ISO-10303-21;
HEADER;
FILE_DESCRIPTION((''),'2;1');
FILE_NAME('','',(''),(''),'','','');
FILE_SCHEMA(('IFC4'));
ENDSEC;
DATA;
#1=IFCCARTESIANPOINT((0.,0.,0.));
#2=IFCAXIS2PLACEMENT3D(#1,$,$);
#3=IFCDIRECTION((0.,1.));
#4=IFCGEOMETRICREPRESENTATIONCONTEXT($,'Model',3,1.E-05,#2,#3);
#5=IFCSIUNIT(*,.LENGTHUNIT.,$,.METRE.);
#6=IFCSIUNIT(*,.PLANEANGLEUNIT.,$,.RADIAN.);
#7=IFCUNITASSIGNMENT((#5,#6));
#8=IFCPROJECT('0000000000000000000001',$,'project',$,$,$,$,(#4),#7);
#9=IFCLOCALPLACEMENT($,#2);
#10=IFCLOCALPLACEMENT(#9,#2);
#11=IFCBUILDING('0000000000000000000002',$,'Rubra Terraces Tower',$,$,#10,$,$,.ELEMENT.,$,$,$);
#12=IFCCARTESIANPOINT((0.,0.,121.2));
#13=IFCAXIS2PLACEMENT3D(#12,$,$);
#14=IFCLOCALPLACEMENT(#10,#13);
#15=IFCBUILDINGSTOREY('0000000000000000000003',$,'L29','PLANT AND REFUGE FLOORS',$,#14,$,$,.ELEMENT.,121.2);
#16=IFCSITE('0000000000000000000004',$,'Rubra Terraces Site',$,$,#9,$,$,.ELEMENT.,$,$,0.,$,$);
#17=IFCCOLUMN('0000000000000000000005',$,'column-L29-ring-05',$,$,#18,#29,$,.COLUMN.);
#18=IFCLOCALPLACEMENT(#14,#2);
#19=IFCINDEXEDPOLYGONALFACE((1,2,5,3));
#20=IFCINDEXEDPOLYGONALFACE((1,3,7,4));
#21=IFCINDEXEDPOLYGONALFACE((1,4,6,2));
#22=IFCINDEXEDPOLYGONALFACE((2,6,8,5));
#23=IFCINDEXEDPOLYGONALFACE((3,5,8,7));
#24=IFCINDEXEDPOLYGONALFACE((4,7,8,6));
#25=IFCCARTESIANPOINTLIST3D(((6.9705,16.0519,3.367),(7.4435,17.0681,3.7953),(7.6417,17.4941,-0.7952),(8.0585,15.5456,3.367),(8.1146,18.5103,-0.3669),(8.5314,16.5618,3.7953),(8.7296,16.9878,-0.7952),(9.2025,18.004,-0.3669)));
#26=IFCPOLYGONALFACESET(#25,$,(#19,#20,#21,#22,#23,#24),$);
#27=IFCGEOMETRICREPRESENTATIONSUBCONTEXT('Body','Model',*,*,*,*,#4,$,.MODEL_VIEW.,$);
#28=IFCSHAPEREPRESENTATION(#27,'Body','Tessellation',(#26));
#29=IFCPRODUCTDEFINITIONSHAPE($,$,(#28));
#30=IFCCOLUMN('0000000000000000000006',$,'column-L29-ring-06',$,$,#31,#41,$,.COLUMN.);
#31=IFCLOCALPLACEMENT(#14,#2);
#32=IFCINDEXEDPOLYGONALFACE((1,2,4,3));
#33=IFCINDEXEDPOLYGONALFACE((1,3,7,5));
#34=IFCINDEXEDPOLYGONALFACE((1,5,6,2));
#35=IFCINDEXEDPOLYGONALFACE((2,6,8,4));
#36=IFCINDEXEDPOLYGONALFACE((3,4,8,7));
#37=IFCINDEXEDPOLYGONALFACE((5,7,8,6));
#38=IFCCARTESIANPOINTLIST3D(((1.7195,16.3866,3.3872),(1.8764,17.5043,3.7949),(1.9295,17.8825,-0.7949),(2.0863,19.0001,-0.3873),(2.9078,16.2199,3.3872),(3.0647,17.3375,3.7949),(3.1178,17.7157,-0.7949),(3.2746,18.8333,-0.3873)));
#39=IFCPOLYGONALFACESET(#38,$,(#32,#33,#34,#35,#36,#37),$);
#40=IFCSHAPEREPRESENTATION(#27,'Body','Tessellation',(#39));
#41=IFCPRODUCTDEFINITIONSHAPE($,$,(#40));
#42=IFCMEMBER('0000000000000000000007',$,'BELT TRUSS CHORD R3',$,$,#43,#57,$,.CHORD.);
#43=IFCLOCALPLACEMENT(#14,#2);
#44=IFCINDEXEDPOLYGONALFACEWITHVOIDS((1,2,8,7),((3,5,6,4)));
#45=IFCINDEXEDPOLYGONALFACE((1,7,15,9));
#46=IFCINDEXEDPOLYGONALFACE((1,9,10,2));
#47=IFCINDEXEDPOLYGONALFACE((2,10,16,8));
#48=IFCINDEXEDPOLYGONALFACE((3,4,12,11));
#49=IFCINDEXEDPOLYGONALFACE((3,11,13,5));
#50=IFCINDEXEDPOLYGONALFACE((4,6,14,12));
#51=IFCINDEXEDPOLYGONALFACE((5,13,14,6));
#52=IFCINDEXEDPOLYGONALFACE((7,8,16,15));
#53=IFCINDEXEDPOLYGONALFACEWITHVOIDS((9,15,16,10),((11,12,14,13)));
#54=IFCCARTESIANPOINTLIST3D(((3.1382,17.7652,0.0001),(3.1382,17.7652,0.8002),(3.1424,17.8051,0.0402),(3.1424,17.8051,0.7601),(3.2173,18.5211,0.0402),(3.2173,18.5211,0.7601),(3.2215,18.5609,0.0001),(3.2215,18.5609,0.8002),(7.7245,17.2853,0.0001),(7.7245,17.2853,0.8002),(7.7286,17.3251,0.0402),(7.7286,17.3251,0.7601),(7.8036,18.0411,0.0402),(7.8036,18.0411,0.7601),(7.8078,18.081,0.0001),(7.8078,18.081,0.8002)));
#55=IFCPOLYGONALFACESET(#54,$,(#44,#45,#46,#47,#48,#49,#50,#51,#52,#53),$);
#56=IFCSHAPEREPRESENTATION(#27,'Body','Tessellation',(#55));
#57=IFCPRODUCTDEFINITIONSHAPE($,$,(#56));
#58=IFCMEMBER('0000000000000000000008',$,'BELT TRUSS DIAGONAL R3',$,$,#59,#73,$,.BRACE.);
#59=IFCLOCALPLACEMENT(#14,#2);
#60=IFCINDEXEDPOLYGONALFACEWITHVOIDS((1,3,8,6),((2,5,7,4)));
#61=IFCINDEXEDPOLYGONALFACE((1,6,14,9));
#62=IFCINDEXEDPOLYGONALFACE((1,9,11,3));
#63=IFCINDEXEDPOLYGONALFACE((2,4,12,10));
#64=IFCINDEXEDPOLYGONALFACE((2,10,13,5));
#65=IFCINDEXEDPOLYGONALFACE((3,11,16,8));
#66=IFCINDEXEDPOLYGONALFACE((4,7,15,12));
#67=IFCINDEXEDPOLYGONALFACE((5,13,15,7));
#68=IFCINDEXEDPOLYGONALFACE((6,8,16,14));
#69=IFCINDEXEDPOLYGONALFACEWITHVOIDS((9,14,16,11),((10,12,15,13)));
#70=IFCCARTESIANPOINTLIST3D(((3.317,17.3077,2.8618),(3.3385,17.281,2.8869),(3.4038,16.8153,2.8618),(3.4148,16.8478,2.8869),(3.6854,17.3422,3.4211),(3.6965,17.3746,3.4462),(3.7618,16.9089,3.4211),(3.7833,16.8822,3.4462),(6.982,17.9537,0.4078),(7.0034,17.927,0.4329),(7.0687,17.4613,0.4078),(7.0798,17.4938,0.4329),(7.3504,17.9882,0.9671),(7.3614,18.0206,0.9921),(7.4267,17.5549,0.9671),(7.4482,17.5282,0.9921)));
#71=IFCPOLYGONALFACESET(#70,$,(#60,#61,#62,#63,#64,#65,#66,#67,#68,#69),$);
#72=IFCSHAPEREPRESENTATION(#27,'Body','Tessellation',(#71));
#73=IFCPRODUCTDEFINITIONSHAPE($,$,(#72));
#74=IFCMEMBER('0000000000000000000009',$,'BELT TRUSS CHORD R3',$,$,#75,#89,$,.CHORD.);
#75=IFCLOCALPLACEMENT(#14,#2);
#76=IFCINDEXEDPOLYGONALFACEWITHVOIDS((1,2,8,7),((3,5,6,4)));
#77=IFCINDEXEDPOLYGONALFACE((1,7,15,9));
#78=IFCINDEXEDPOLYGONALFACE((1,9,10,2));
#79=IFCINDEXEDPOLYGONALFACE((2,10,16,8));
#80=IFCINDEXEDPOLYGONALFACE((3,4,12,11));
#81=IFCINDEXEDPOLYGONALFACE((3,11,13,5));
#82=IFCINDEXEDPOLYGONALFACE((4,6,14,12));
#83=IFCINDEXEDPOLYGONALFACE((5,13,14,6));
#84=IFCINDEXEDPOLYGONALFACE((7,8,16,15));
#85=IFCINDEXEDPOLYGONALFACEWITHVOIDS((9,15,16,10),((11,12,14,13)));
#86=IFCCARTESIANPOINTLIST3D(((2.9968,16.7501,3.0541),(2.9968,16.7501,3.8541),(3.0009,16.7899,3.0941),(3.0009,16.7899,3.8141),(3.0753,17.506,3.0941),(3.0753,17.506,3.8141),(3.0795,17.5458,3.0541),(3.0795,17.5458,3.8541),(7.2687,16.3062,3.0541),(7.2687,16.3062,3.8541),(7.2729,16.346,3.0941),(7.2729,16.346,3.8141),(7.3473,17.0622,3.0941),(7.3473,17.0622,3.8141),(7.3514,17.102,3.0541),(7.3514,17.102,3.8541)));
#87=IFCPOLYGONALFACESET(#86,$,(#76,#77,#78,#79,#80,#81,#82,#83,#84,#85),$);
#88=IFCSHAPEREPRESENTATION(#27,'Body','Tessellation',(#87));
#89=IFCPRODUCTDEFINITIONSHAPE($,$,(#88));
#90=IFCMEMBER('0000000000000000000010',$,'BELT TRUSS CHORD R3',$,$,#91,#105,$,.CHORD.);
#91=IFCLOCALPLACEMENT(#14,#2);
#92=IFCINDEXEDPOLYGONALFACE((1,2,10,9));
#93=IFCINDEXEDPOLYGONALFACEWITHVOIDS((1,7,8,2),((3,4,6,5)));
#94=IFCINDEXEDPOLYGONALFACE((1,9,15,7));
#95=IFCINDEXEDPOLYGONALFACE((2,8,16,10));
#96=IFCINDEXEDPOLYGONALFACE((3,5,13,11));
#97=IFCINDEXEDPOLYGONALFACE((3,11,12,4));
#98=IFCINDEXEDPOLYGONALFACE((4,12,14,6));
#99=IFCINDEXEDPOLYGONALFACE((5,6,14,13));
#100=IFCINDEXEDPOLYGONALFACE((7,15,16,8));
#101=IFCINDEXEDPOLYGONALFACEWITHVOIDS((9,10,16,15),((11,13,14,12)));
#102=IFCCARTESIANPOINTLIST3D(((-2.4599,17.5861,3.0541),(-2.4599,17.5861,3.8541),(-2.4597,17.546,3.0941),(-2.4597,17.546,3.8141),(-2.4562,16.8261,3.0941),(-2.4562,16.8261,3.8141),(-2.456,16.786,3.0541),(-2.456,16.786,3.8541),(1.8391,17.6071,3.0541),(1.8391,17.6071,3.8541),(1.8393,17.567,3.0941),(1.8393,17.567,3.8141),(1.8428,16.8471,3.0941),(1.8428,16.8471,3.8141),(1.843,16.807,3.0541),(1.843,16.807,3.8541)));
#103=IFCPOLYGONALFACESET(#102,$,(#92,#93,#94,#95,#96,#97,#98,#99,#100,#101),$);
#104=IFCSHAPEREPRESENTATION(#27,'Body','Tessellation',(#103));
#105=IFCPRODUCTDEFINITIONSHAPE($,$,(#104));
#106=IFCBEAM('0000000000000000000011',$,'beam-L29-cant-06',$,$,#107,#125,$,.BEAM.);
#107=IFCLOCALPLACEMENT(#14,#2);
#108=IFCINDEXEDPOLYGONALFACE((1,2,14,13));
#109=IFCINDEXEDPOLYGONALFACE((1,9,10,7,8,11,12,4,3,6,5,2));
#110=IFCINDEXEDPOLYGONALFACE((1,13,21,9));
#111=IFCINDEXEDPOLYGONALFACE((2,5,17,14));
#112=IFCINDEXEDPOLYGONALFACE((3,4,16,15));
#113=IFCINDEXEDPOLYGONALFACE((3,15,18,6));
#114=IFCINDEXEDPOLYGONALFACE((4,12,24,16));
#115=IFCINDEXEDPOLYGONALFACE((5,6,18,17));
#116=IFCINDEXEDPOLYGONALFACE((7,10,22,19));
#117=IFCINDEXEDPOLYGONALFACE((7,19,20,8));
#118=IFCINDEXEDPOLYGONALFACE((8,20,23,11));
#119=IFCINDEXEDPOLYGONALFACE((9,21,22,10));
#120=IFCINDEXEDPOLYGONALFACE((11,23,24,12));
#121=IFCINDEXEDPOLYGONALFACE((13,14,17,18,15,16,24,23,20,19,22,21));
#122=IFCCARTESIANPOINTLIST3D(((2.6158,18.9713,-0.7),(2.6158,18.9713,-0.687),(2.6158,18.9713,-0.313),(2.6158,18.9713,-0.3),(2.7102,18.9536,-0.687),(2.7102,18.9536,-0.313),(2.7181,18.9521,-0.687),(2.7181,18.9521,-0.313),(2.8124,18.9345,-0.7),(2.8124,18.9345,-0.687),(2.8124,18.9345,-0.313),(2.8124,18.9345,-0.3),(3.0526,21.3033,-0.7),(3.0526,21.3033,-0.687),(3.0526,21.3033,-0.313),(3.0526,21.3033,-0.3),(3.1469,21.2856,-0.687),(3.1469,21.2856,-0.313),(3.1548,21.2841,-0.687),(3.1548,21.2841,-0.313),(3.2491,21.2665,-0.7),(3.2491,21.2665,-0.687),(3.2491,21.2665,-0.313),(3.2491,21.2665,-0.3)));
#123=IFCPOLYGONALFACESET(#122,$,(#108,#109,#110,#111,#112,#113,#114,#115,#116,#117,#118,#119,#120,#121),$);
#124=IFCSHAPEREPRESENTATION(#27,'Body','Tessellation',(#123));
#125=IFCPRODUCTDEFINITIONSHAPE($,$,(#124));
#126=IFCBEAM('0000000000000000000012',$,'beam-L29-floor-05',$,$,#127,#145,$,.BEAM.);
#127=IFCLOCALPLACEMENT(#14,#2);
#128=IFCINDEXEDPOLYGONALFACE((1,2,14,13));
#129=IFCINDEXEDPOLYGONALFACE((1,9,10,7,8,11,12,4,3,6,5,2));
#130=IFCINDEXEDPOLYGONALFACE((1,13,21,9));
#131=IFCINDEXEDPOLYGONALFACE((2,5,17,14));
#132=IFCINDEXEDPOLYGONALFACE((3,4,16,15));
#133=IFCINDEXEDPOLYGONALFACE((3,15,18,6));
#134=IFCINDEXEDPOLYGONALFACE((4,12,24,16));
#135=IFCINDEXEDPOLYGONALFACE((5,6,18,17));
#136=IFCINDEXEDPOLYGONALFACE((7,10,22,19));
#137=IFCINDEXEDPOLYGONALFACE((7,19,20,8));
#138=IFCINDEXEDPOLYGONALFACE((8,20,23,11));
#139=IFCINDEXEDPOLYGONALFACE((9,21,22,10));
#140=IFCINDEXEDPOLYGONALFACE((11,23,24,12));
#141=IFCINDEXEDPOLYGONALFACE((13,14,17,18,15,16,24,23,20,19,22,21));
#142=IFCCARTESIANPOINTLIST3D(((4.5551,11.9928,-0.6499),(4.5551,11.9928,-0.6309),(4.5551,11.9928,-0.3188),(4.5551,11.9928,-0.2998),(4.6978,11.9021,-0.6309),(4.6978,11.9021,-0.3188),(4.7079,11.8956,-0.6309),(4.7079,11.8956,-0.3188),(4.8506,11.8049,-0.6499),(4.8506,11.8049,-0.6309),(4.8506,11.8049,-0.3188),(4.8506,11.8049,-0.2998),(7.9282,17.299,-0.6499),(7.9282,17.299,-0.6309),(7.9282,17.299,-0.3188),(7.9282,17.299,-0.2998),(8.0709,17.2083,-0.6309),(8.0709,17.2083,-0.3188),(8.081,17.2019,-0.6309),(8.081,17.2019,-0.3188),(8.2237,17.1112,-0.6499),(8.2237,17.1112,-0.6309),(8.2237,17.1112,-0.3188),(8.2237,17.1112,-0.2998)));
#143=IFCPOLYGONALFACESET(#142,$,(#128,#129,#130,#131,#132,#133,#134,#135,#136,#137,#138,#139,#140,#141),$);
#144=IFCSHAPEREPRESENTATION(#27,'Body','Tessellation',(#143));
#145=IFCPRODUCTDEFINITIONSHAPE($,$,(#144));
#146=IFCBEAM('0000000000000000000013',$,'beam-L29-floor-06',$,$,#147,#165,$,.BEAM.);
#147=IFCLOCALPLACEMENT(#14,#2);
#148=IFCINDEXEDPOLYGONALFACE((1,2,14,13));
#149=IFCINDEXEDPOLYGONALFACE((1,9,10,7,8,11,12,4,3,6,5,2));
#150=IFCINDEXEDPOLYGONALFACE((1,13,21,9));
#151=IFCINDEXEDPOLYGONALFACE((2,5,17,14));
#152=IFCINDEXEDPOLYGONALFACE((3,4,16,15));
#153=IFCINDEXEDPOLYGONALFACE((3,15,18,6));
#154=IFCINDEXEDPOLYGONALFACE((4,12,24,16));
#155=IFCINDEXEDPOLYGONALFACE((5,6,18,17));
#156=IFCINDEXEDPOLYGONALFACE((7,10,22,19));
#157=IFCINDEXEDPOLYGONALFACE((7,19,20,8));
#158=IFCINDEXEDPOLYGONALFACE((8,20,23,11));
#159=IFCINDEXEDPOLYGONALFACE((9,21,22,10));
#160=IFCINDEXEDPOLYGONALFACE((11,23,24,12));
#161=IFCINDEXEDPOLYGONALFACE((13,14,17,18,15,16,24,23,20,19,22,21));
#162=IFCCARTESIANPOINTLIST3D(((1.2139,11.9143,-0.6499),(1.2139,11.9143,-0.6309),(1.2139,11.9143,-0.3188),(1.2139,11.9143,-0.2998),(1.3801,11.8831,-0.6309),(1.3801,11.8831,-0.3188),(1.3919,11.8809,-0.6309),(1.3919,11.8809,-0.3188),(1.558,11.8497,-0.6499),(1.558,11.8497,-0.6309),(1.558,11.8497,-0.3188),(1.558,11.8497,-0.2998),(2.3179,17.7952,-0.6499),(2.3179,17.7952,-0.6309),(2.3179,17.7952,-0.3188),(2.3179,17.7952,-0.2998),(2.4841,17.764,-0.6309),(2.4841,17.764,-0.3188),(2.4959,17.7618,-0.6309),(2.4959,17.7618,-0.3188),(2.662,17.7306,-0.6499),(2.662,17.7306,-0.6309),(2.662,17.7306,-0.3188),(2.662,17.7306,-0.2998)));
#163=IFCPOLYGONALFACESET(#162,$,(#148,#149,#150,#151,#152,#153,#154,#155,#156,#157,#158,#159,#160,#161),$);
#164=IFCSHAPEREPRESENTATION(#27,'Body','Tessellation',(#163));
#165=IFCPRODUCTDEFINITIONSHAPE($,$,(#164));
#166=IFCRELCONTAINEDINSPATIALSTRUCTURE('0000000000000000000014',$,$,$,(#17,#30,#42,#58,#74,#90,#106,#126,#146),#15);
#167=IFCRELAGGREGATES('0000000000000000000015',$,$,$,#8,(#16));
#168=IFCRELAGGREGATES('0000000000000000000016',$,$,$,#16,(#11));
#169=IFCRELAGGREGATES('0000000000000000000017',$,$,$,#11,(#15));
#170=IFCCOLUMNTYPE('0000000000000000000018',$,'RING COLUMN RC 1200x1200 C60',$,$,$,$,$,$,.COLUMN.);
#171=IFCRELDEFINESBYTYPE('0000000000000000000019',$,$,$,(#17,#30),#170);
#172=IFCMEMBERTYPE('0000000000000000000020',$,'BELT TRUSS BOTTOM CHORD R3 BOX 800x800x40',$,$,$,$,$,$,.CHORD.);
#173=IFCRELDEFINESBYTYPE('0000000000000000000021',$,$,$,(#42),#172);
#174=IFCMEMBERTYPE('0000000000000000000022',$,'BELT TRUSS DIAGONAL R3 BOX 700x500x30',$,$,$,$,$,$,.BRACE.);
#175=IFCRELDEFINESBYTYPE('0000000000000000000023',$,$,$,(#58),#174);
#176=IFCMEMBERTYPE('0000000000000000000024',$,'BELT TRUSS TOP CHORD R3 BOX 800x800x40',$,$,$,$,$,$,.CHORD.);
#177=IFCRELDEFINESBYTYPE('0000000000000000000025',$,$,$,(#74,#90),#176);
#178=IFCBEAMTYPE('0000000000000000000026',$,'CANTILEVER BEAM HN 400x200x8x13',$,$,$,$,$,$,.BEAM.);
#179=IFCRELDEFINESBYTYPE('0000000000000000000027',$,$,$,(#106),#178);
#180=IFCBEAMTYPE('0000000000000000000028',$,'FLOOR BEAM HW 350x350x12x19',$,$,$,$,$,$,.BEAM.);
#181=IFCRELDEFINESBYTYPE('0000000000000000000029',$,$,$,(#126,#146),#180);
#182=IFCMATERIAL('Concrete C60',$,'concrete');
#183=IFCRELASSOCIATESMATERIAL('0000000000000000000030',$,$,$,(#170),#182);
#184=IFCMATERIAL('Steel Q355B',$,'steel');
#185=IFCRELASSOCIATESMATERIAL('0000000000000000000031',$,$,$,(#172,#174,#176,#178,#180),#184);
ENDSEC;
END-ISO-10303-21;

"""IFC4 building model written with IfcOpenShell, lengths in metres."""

from ifc_helpers import new_model, si_unit, direction, frame, origin, origin_2d, place, context, subcontext, project, spatial, rectangle, hollow_rectangle, i_section, extrude, material, material_profile, profile_set, type_object, element, save


model = new_model("IFC4")

# Units and contexts
model_context = context("Model", 3, precision=1e-05, world=origin(), true_north=direction((0.0, 1.0)))
body_context = subcontext(model_context, "Body", "Model", "MODEL_VIEW")
ifc_project = project(units=[si_unit("LENGTHUNIT", "METRE"), si_unit("PLANEANGLEUNIT", "RADIAN")], contexts=[model_context])

# Site, building, storey
site_placement = place(None, origin())
site = spatial("IfcSite", under=ifc_project, at=site_placement, Name="Rubra Terraces Site", CompositionType="ELEMENT", RefElevation=0.0)
building_placement = place(site_placement, origin())
building = spatial("IfcBuilding", under=site, at=building_placement, Name="Rubra Terraces Tower", CompositionType="ELEMENT")
storey_placement = place(building_placement, frame((0.0, 0.0, 121.2)))
storey = spatial("IfcBuildingStorey", under=building, at=storey_placement, Name="L29", Description="PLANT AND REFUGE FLOORS", CompositionType="ELEMENT", Elevation=121.2)

# Columns
ifc_material_1 = material(Name="Concrete C60", Category="concrete")
ifc_material_profile_1 = material_profile(ifc_material_1, rectangle(XDim=1.2, YDim=1.2, at=origin_2d()), Name="RC 1200x1200")
ifc_profile_set_1 = profile_set([ifc_material_profile_1], Name="Concrete C60")
column_type = type_object("IfcColumnType", Name="RING COLUMN RC 1200x1200 C60", PredefinedType="COLUMN", material=ifc_profile_set_1)
column_1_placement = place(storey_placement, frame((8.4221, 17.749, -0.5811), z_axis=(-0.150625, -0.323661, 0.934107), x_axis=(0.90663, -0.421927, 0.0)))
element("IfcColumn", 1, at=column_1_placement, inside=storey, type_object=column_type, Name="column-L29-ring-05", PredefinedType="COLUMN", context=body_context, shape_type="SweptSolid", body=[
    extrude(rectangle(XDim=1.2, YDim=1.2, at=origin_2d()), origin(), (0.0, 0.0, 1.0), 4.4558),
])
column_2_placement = place(storey_placement, frame((2.6021, 18.3579, -0.5911), z_axis=(-0.047219, -0.336406, 0.940532), x_axis=(0.990292, -0.139, 0.0)))
element("IfcColumn", 2, at=column_2_placement, inside=storey, type_object=column_type, Name="column-L29-ring-06", PredefinedType="COLUMN", context=body_context, shape_type="SweptSolid", body=[
    extrude(rectangle(XDim=1.2, YDim=1.2, at=origin_2d()), origin(), (0.0, 0.0, 1.0), 4.4465),
])

# Members
ifc_material_2 = material(Name="Steel Q355B", Category="steel")
ifc_material_profile_2 = material_profile(ifc_material_2, hollow_rectangle(XDim=0.8, YDim=0.8, WallThickness=0.04, at=origin_2d()), Name="BOX 800x800x40")
ifc_profile_set_2 = profile_set([ifc_material_profile_2], Name="Steel Q355B")
member_type_1 = type_object("IfcMemberType", Name="BELT TRUSS BOTTOM CHORD R3 BOX 800x800x40", PredefinedType="CHORD", material=ifc_profile_set_2)
member_1_placement = place(storey_placement, frame((7.7661, 17.6831, 0.4001), z_axis=(-0.994568, 0.104089, 0.0), x_axis=(-0.104089, -0.994568, 0.0)))
element("IfcMember", 3, at=member_1_placement, inside=storey, type_object=member_type_1, Name="BELT TRUSS CHORD R3", PredefinedType="CHORD", context=body_context, shape_type="SweptSolid", body=[
    extrude(hollow_rectangle(XDim=0.8, YDim=0.8, WallThickness=0.04, at=origin_2d()), origin(), (0.0, 0.0, 1.0), 4.6113),
])
ifc_material_profile_3 = material_profile(ifc_material_2, hollow_rectangle(XDim=0.5, YDim=0.7, WallThickness=0.03, at=origin_2d()), Name="BOX 700x500x30")
ifc_profile_set_3 = profile_set([ifc_material_profile_3], Name="Steel Q355B")
member_type_2 = type_object("IfcMemberType", Name="BELT TRUSS DIAGONAL R3 BOX 700x500x30", PredefinedType="BRACE", material=ifc_profile_set_3)
member_2_placement = place(storey_placement, frame((7.2151, 17.741, 0.7), z_axis=(-0.822154, -0.144912, 0.550512), x_axis=(0.173583, -0.984819, 0.0)))
element("IfcMember", 4, at=member_2_placement, inside=storey, type_object=member_type_2, Name="BELT TRUSS DIAGONAL R3", PredefinedType="BRACE", context=body_context, shape_type="SweptSolid", body=[
    extrude(hollow_rectangle(XDim=0.5, YDim=0.7, WallThickness=0.03, at=origin_2d()), origin(), (0.0, 0.0, 1.0), 4.4578),
])
ifc_material_profile_4 = material_profile(ifc_material_2, hollow_rectangle(XDim=0.8, YDim=0.8, WallThickness=0.04, at=origin_2d()), Name="BOX 800x800x40")
ifc_profile_set_4 = profile_set([ifc_material_profile_4], Name="Steel Q355B")
member_type_3 = type_object("IfcMemberType", Name="BELT TRUSS TOP CHORD R3 BOX 800x800x40", PredefinedType="CHORD", material=ifc_profile_set_4)
member_3_placement = place(storey_placement, frame((7.3101, 16.7041, 3.4541), z_axis=(-0.994646, 0.103341, 0.0), x_axis=(-0.103341, -0.994646, 0.0)))
element("IfcMember", 5, at=member_3_placement, inside=storey, type_object=member_type_3, Name="BELT TRUSS CHORD R3", PredefinedType="CHORD", context=body_context, shape_type="SweptSolid", body=[
    extrude(hollow_rectangle(XDim=0.8, YDim=0.8, WallThickness=0.04, at=origin_2d()), origin(), (0.0, 0.0, 1.0), 4.2949),
])
member_4_placement = place(storey_placement, frame((1.8411, 17.207, 3.4541), z_axis=(-0.999988, -0.004884, 0.0), x_axis=(0.004884, -0.999988, 0.0)))
element("IfcMember", 6, at=member_4_placement, inside=storey, type_object=member_type_3, Name="BELT TRUSS CHORD R3", PredefinedType="CHORD", context=body_context, shape_type="SweptSolid", body=[
    extrude(hollow_rectangle(XDim=0.8, YDim=0.8, WallThickness=0.04, at=origin_2d()), origin(), (0.0, 0.0, 1.0), 4.2991),
])

# Beams
ifc_material_profile_5 = material_profile(ifc_material_2, i_section(OverallWidth=0.2, OverallDepth=0.3999, WebThickness=0.0081, FlangeThickness=0.0129, at=origin_2d()), Name="HN 400x200x8x13")
ifc_profile_set_5 = profile_set([ifc_material_profile_5], Name="Steel Q355B")
beam_type_1 = type_object("IfcBeamType", Name="CANTILEVER BEAM HN 400x200x8x13", PredefinedType="BEAM", material=ifc_profile_set_5)
beam_1_placement = place(storey_placement, frame((2.7141, 18.9529, -0.5), z_axis=(0.18409, 0.982909, 0.0), x_axis=(-0.982909, 0.18409, 0.0)))
element("IfcBeam", 7, at=beam_1_placement, inside=storey, type_object=beam_type_1, Name="beam-L29-cant-06", PredefinedType="BEAM", context=body_context, shape_type="SweptSolid", body=[
    extrude(i_section(OverallWidth=0.2, OverallDepth=0.3999, WebThickness=0.0081, FlangeThickness=0.0129, at=origin_2d()), origin(), (0.0, 0.0, 1.0), 2.3726),
])
ifc_material_profile_6 = material_profile(ifc_material_2, i_section(OverallWidth=0.3501, OverallDepth=0.3501, WebThickness=0.012, FlangeThickness=0.019, at=origin_2d()), Name="HW 350x350x12x19")
ifc_profile_set_6 = profile_set([ifc_material_profile_6], Name="Steel Q355B")
beam_type_2 = type_object("IfcBeamType", Name="FLOOR BEAM HW 350x350x12x19", PredefinedType="BEAM", material=ifc_profile_set_6)
beam_2_placement = place(storey_placement, frame((8.0759, 17.2051, -0.4749), z_axis=(-0.536468, -0.84392, 0.0), x_axis=(0.84392, -0.536468, 0.0)))
element("IfcBeam", 8, at=beam_2_placement, inside=storey, type_object=beam_type_2, Name="beam-L29-floor-05", PredefinedType="BEAM", context=body_context, shape_type="SweptSolid", body=[
    extrude(i_section(OverallWidth=0.3501, OverallDepth=0.3501, WebThickness=0.012, FlangeThickness=0.019, at=origin_2d()), origin(), (0.0, 0.0, 1.0), 6.2876),
])
beam_3_placement = place(storey_placement, frame((2.49, 17.7629, -0.4749), z_axis=(-0.184505, -0.982832, 0.0), x_axis=(0.982832, -0.184505, 0.0)))
element("IfcBeam", 9, at=beam_3_placement, inside=storey, type_object=beam_type_2, Name="beam-L29-floor-06", PredefinedType="BEAM", context=body_context, shape_type="SweptSolid", body=[
    extrude(i_section(OverallWidth=0.3501, OverallDepth=0.3501, WebThickness=0.012, FlangeThickness=0.019, at=origin_2d()), origin(), (0.0, 0.0, 1.0), 5.9836),
])

save(model, "model.ifc")
